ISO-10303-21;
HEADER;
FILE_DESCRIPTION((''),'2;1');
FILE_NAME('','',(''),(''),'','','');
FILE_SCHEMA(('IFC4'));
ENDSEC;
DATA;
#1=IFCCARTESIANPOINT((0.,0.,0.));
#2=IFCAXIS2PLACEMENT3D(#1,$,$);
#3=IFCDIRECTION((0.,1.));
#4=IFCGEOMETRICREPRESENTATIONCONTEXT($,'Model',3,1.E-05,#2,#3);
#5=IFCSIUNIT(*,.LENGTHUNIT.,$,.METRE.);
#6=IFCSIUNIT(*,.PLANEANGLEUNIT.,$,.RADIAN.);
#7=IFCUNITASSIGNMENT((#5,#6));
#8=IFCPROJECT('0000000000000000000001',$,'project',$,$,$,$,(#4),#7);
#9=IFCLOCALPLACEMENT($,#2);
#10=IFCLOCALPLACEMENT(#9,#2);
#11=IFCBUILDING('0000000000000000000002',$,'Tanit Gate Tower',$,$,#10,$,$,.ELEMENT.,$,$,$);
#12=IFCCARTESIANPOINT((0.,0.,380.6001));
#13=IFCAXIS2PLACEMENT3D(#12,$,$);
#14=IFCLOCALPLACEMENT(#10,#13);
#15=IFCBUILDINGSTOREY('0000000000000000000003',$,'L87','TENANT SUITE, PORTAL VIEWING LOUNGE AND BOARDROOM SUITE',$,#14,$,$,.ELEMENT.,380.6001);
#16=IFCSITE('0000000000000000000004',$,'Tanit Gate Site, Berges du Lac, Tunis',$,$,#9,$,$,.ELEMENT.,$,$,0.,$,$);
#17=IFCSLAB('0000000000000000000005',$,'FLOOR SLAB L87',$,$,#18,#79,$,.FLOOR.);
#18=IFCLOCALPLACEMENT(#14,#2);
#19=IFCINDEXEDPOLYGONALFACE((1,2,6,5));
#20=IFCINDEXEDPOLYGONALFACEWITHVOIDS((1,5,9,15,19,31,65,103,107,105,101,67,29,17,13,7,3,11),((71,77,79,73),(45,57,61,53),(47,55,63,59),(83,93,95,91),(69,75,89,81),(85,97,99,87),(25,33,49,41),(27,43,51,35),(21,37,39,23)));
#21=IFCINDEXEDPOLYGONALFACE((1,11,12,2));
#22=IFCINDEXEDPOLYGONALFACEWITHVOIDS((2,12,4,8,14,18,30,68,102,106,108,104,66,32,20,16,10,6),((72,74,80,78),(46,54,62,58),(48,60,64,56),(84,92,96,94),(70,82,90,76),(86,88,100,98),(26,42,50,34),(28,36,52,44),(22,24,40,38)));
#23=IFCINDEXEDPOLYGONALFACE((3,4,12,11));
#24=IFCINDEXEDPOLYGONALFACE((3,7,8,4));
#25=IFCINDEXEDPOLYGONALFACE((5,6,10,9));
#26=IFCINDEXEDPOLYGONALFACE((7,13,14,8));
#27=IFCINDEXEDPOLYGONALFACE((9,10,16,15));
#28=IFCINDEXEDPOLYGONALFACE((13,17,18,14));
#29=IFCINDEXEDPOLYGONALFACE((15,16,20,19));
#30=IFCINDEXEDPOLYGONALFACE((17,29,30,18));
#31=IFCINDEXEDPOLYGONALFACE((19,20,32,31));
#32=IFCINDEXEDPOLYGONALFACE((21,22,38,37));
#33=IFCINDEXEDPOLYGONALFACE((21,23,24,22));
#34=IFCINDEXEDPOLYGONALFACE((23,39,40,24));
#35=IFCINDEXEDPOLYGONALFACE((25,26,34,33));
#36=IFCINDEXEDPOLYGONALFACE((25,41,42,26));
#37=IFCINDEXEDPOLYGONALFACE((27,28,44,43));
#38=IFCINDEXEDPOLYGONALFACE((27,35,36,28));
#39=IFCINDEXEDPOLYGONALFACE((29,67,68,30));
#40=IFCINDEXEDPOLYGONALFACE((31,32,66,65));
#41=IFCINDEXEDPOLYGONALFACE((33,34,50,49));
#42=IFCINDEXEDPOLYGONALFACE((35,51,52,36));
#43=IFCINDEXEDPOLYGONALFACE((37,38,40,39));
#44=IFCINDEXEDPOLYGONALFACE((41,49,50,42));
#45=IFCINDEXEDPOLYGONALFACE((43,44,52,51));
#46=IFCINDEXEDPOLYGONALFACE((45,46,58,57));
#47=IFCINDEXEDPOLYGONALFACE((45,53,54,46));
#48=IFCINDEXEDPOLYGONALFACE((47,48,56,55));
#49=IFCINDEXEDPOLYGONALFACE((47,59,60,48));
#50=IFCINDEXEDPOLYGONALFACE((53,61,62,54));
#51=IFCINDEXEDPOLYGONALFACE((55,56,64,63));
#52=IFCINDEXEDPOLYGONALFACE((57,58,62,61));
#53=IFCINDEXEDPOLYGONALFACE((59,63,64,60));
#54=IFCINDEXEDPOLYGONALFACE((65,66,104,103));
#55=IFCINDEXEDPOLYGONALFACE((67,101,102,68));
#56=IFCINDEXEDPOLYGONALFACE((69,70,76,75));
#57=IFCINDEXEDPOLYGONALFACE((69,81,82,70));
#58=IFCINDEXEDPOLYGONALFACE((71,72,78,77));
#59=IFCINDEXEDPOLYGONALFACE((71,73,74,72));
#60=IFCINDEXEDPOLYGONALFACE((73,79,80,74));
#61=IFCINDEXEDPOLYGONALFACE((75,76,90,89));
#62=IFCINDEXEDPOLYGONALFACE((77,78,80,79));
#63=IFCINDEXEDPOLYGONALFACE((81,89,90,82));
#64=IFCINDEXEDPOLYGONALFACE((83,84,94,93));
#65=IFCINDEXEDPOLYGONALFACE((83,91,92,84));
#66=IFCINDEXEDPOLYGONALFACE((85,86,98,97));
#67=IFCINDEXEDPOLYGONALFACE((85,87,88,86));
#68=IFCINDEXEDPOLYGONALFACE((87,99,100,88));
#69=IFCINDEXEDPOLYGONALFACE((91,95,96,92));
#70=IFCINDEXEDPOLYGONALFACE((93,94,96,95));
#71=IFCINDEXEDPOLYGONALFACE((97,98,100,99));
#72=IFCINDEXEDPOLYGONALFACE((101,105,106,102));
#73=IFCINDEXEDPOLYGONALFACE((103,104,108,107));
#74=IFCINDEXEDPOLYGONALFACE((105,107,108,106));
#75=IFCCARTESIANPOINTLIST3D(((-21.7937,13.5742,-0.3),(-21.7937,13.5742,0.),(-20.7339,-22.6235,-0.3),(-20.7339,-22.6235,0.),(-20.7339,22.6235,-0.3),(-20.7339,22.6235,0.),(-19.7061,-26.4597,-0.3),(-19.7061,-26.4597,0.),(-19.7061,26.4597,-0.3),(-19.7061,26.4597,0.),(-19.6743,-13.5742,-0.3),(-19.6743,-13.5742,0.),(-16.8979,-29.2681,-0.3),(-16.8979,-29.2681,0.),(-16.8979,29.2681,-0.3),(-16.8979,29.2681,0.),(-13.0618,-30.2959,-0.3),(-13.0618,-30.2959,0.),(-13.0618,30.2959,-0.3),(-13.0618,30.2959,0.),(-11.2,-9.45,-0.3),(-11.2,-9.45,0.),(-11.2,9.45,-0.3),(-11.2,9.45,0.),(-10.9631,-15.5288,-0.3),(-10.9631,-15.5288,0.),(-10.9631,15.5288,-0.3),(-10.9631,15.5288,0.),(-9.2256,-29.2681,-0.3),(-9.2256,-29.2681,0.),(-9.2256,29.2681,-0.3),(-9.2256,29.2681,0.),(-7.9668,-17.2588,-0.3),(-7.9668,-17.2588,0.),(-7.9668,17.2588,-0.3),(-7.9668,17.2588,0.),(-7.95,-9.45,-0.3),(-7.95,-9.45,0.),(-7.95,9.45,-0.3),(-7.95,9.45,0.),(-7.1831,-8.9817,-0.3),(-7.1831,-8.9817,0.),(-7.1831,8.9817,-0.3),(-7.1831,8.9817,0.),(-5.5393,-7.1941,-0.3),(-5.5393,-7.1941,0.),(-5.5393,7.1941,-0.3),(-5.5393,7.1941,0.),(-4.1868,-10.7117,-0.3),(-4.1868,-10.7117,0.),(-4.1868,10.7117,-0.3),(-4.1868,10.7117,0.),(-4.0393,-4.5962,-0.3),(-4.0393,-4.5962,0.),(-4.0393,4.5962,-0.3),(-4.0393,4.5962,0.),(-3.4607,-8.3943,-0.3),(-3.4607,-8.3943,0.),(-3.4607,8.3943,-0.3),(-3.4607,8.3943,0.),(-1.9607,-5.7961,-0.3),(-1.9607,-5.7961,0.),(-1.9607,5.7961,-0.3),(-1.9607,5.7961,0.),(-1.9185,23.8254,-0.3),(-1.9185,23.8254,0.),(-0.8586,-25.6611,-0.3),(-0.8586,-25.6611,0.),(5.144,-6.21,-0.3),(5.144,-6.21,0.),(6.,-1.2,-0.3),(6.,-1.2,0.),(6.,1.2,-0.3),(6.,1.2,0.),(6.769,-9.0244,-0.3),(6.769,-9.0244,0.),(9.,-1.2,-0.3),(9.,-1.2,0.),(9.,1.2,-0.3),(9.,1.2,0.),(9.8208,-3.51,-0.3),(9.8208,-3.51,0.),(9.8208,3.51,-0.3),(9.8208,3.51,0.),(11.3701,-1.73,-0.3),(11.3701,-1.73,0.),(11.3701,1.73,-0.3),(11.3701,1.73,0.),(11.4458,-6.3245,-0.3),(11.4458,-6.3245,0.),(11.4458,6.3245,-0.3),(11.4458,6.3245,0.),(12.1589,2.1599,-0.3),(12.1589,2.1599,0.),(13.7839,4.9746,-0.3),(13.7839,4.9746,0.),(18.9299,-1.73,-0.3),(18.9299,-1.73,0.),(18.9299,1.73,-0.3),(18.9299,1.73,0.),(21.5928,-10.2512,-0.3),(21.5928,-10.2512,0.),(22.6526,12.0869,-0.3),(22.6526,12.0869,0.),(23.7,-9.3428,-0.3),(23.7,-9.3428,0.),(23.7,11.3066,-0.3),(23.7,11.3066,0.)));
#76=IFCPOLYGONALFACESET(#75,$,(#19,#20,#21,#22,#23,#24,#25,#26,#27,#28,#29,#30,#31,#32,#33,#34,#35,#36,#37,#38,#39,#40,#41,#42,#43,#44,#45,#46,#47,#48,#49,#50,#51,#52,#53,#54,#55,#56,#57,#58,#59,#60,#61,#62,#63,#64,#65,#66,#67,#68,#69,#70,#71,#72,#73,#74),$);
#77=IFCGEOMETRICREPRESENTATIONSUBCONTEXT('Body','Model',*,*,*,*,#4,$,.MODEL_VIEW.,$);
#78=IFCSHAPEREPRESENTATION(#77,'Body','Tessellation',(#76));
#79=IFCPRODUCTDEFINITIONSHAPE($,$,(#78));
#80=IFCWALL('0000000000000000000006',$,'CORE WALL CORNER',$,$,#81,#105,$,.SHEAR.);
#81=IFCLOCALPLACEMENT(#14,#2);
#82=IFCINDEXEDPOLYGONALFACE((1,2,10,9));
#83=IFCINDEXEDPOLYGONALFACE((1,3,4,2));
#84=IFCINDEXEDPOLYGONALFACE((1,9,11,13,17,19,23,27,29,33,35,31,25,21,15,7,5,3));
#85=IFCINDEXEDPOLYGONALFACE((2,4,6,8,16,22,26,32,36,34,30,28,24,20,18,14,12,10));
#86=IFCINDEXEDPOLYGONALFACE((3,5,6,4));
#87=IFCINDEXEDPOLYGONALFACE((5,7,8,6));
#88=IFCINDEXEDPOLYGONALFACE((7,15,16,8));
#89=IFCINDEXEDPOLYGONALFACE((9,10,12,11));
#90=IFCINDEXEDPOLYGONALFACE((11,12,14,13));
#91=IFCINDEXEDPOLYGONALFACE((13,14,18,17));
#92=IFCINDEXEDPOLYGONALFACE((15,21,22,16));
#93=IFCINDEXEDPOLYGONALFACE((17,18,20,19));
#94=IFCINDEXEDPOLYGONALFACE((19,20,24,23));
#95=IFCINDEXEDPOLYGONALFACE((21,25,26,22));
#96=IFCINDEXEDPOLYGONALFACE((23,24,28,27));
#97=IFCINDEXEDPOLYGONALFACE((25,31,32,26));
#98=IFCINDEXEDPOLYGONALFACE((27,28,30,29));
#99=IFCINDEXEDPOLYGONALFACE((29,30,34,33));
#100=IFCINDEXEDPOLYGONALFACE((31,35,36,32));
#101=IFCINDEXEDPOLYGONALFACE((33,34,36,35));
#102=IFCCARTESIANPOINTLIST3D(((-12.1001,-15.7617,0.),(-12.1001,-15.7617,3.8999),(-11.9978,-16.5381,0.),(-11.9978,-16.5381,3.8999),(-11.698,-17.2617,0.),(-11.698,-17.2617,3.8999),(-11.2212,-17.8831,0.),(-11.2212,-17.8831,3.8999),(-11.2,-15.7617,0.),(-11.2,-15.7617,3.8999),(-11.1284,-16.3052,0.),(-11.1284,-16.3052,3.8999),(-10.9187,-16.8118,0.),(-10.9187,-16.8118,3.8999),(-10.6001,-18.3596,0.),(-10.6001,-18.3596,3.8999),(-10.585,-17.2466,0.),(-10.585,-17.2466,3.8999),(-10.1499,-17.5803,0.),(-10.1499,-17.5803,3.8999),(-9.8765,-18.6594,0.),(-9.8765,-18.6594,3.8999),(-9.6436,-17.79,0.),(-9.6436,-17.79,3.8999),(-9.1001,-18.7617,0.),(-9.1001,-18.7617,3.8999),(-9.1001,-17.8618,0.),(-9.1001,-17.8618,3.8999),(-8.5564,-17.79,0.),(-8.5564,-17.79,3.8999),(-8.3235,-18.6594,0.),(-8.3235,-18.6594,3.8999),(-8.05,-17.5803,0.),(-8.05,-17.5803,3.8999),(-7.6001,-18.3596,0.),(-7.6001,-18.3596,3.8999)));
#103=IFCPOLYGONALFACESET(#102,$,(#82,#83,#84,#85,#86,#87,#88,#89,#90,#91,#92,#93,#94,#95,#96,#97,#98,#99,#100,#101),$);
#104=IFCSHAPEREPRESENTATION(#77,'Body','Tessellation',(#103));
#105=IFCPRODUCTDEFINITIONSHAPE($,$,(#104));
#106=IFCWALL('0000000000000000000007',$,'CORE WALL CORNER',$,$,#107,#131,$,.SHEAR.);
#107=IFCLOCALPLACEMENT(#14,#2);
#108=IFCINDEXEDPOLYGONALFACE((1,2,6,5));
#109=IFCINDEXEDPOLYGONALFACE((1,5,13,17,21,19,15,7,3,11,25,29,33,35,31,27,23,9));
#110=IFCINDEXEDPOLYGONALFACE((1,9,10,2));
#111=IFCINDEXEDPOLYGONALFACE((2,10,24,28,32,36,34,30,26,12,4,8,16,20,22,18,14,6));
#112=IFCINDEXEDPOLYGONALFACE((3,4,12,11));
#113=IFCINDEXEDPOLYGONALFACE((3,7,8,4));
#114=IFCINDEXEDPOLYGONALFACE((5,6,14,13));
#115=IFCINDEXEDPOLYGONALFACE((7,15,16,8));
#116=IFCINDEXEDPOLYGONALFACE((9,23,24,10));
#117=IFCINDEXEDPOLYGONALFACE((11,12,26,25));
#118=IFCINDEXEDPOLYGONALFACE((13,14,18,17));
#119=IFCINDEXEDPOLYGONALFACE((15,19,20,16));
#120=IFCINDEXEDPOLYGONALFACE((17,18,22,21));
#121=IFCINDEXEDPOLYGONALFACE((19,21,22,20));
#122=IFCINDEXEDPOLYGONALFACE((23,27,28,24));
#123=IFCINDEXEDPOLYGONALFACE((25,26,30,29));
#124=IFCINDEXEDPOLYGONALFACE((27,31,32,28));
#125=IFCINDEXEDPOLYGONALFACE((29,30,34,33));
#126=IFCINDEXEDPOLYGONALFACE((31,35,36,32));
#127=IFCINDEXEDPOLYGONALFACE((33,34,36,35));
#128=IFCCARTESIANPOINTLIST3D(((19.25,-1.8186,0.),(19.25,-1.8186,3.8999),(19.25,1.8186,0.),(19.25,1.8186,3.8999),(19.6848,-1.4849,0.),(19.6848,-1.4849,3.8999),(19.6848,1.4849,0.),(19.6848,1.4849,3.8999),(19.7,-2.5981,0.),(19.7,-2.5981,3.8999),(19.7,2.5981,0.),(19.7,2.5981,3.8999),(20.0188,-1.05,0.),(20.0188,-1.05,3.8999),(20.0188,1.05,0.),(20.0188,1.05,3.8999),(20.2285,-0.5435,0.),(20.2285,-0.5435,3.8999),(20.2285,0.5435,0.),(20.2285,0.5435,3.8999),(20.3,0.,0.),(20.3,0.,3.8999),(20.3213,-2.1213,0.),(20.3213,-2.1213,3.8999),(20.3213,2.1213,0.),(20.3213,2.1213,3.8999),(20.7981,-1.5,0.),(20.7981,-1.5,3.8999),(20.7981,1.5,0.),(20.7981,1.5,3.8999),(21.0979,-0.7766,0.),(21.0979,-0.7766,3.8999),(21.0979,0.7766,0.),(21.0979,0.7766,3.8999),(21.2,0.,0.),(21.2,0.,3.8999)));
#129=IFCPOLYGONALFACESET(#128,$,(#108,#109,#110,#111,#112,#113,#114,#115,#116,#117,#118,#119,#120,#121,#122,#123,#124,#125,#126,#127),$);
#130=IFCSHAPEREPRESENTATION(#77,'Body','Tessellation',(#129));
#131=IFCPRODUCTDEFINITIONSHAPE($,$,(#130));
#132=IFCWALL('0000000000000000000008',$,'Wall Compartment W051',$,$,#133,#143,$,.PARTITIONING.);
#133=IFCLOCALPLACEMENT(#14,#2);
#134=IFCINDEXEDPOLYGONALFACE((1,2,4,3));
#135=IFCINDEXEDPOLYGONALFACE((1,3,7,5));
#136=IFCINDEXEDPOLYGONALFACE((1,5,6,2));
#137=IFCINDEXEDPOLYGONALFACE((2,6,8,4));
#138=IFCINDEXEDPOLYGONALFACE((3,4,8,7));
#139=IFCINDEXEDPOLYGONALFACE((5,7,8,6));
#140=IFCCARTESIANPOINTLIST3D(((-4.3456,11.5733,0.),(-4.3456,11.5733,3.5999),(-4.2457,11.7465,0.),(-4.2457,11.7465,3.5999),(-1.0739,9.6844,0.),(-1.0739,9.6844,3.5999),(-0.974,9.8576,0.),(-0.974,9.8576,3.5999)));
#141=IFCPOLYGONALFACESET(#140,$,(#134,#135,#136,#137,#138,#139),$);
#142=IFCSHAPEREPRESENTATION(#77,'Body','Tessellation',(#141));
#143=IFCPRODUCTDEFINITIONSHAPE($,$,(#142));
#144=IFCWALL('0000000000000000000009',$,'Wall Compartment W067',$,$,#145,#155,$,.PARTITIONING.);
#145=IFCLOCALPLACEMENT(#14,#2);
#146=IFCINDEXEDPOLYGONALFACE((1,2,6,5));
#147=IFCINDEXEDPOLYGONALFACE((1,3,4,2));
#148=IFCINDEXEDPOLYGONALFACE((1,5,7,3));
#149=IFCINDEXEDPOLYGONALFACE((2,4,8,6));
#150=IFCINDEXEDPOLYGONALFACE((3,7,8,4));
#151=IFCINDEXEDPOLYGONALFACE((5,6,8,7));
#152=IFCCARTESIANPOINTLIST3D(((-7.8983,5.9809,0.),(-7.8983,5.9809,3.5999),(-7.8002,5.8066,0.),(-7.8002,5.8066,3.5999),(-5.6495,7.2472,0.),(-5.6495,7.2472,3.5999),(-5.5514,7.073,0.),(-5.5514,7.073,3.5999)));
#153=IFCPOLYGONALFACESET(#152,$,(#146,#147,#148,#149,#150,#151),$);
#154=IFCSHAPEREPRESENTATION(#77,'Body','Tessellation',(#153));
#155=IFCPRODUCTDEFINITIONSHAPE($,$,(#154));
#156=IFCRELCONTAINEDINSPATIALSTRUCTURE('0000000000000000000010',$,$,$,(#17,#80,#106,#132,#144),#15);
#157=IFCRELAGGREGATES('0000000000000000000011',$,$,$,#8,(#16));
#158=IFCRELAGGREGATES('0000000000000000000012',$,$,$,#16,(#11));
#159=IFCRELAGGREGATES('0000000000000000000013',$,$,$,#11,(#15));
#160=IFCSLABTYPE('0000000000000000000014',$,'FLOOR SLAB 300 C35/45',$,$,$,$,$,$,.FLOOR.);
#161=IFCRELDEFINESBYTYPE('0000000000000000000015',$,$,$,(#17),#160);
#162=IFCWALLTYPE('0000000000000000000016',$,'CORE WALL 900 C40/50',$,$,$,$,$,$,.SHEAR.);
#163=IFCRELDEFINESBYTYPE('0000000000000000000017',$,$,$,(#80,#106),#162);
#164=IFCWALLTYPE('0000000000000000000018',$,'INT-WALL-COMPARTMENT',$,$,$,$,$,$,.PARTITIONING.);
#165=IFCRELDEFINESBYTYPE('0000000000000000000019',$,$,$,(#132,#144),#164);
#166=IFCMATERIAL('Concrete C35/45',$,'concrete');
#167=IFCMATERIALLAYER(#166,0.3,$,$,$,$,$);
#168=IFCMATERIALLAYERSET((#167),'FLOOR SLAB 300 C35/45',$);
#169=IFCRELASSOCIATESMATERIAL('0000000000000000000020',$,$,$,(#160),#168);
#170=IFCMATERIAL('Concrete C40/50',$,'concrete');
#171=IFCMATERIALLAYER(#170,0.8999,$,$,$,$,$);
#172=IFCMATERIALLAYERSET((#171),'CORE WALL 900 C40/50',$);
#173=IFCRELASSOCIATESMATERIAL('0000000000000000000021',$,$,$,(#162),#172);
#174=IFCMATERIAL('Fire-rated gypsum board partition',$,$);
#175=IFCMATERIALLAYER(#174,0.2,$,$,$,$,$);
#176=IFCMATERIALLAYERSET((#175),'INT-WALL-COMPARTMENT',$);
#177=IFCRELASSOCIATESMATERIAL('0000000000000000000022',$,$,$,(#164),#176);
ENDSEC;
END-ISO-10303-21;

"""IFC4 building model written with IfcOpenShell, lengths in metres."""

from ifc_helpers import new_model, si_unit, direction, frame, frame_2d, origin, place, context, subcontext, project, spatial, polyline, rectangle, outline, extrude, material, layer, layer_set, type_object, element, save


model = new_model("IFC4")

# Units and contexts
model_context = context("Model", 3, precision=1e-05, world=origin(), true_north=direction((0.0, 1.0)))
body_context = subcontext(model_context, "Body", "Model", "MODEL_VIEW")
ifc_project = project(units=[si_unit("LENGTHUNIT", "METRE"), si_unit("PLANEANGLEUNIT", "RADIAN")], contexts=[model_context])

# Site, building, storey
site_placement = place(None, origin())
site = spatial("IfcSite", under=ifc_project, at=site_placement, Name="Tanit Gate Site, Berges du Lac, Tunis", CompositionType="ELEMENT", RefElevation=0.0)
building_placement = place(site_placement, origin())
building = spatial("IfcBuilding", under=site, at=building_placement, Name="Tanit Gate Tower", CompositionType="ELEMENT")
storey_placement = place(building_placement, frame((0.0, 0.0, 380.6001)))
storey = spatial("IfcBuildingStorey", under=building, at=storey_placement, Name="L87", Description="TENANT SUITE, PORTAL VIEWING LOUNGE AND BOARDROOM SUITE", CompositionType="ELEMENT", Elevation=380.6001)

# Slab
ifc_material_1 = material(Name="Concrete C35/45", Category="concrete")
ifc_layer_1 = layer(ifc_material_1, 0.3)
ifc_layer_set_1 = layer_set([ifc_layer_1], Name="FLOOR SLAB 300 C35/45")
slab_type = type_object("IfcSlabType", Name="FLOOR SLAB 300 C35/45", PredefinedType="FLOOR", material=ifc_layer_set_1)
slab_placement = place(storey_placement, frame((0.0, 0.0, -0.3)))
element("IfcSlab", 1, at=slab_placement, inside=storey, type_object=slab_type, Name="FLOOR SLAB L87", PredefinedType="FLOOR", context=body_context, shape_type="SweptSolid", body=[
    extrude(outline(polyline([(21.5928, -10.2512), (-0.8586, -25.6611), (-9.2256, -29.2681), (-13.0618, -30.2959), (-16.8979, -29.2681), (-19.7061, -26.4597), (-20.7339, -22.6235), (-19.6743, -13.5742), (-21.7937, 13.5742), (-20.7339, 22.6235), (-19.7061, 26.4597), (-16.8979, 29.2681), (-13.0618, 30.2959), (-9.2256, 29.2681), (-1.9185, 23.8254), (22.6526, 12.0869), (23.7, 11.3066), (23.7, -9.3428), (29.9597, -6.6443), (21.5928, -10.2512)]), holes=[polyline([(11.3701, 1.73), (18.9299, 1.73), (18.9299, -1.73), (11.3701, -1.73), (11.3701, 1.73)]), polyline([(12.1589, 2.1599), (9.8208, 3.51), (11.4458, 6.3245), (13.7839, 4.9746), (12.1589, 2.1599)]), polyline([(11.4458, -6.3245), (6.769, -9.0244), (5.144, -6.21), (9.8208, -3.51), (11.4458, -6.3245)]), polyline([(6.0, 1.2), (9.0, 1.2), (9.0, -1.2), (6.0, -1.2), (6.0, 1.2)]), polyline([(-4.0393, 4.5962), (-5.5393, 7.1941), (-3.4607, 8.3943), (-1.9607, 5.7961), (-4.0393, 4.5962)]), polyline([(-1.9607, -5.7961), (-3.4607, -8.3943), (-5.5393, -7.1941), (-4.0393, -4.5962), (-1.9607, -5.7961)]), polyline([(-7.1831, 8.9817), (-10.9631, 15.5288), (-7.9668, 17.2588), (-4.1868, 10.7117), (-7.1831, 8.9817)]), polyline([(-4.1868, -10.7117), (-7.9668, -17.2588), (-10.9631, -15.5288), (-7.1831, -8.9817), (-4.1868, -10.7117)]), polyline([(-11.2, -9.45), (-11.2, 9.45), (-7.95, 9.45), (-7.95, -9.45), (-11.2, -9.45)])]), origin(), (0.0, 0.0, 1.0), 0.3),
])

# Walls
ifc_material_2 = material(Name="Concrete C40/50", Category="concrete")
ifc_layer_2 = layer(ifc_material_2, 0.8999)
ifc_layer_set_2 = layer_set([ifc_layer_2], Name="CORE WALL 900 C40/50")
wall_type_1 = type_object("IfcWallType", Name="CORE WALL 900 C40/50", PredefinedType="SHEAR", material=ifc_layer_set_2)
wall_1_placement = place(storey_placement, origin())
element("IfcWall", 2, at=wall_1_placement, inside=storey, type_object=wall_type_1, Name="CORE WALL CORNER", PredefinedType="SHEAR", context=body_context, shape_type="SweptSolid", body=[
    extrude(outline(polyline([(-12.1001, -15.7617), (-11.9978, -16.5381), (-11.698, -17.2617), (-11.2212, -17.8831), (-10.6001, -18.3596), (-9.8765, -18.6594), (-9.1001, -18.7617), (-8.3235, -18.6594), (-7.6001, -18.3596), (-8.05, -17.5803), (-8.5564, -17.79), (-9.1001, -17.8618), (-9.6436, -17.79), (-10.1499, -17.5803), (-10.585, -17.2466), (-10.9187, -16.8118), (-11.1284, -16.3052), (-11.2, -15.7617), (-12.1001, -15.7617)])), origin(), (0.0, 0.0, 1.0), 3.8999),
])
wall_2_placement = place(storey_placement, origin())
element("IfcWall", 3, at=wall_2_placement, inside=storey, type_object=wall_type_1, Name="CORE WALL CORNER", PredefinedType="SHEAR", context=body_context, shape_type="SweptSolid", body=[
    extrude(outline(polyline([(19.7, -2.5981), (20.3213, -2.1213), (20.7981, -1.5), (21.0979, -0.7766), (21.2, 0.0), (21.0979, 0.7766), (20.7981, 1.5), (20.3213, 2.1213), (19.7, 2.5981), (19.25, 1.8186), (19.6848, 1.4849), (20.0188, 1.05), (20.2285, 0.5435), (20.3, 0.0), (20.2285, -0.5435), (20.0188, -1.05), (19.6848, -1.4849), (19.25, -1.8186), (19.7, -2.5981)])), origin(), (0.0, 0.0, 1.0), 3.8999),
])
ifc_material_3 = material(Name="Fire-rated gypsum board partition")
ifc_layer_3 = layer(ifc_material_3, 0.2)
ifc_layer_set_3 = layer_set([ifc_layer_3], Name="INT-WALL-COMPARTMENT")
wall_type_2 = type_object("IfcWallType", Name="INT-WALL-COMPARTMENT", PredefinedType="PARTITIONING", material=ifc_layer_set_3)
wall_3_placement = place(storey_placement, frame((-4.2957, 11.6599, 0.0), z_axis=(0.0, 0.0, 1.0), x_axis=(0.866027, -0.499997, 0.0)))
element("IfcWall", 4, at=wall_3_placement, inside=storey, type_object=wall_type_2, Name="Wall Compartment W051", PredefinedType="PARTITIONING", context=body_context, shape_type="SweptSolid", body=[
    extrude(rectangle(XDim=3.7778, YDim=0.2, at=frame_2d((1.8889, 0.0))), origin(), (0.0, 0.0, 1.0), 3.5999),
])
wall_4_placement = place(storey_placement, frame((-5.6003, 7.1602, 0.0), z_axis=(0.0, 0.0, 1.0), x_axis=(-0.87134, -0.490679, 0.0)))
element("IfcWall", 5, at=wall_4_placement, inside=storey, type_object=wall_type_2, Name="Wall Compartment W067", PredefinedType="PARTITIONING", context=body_context, shape_type="SweptSolid", body=[
    extrude(rectangle(XDim=2.5808, YDim=0.2, at=frame_2d((1.2905, 0.0))), origin(), (0.0, 0.0, 1.0), 3.5999),
])

save(model, "model.ifc")
